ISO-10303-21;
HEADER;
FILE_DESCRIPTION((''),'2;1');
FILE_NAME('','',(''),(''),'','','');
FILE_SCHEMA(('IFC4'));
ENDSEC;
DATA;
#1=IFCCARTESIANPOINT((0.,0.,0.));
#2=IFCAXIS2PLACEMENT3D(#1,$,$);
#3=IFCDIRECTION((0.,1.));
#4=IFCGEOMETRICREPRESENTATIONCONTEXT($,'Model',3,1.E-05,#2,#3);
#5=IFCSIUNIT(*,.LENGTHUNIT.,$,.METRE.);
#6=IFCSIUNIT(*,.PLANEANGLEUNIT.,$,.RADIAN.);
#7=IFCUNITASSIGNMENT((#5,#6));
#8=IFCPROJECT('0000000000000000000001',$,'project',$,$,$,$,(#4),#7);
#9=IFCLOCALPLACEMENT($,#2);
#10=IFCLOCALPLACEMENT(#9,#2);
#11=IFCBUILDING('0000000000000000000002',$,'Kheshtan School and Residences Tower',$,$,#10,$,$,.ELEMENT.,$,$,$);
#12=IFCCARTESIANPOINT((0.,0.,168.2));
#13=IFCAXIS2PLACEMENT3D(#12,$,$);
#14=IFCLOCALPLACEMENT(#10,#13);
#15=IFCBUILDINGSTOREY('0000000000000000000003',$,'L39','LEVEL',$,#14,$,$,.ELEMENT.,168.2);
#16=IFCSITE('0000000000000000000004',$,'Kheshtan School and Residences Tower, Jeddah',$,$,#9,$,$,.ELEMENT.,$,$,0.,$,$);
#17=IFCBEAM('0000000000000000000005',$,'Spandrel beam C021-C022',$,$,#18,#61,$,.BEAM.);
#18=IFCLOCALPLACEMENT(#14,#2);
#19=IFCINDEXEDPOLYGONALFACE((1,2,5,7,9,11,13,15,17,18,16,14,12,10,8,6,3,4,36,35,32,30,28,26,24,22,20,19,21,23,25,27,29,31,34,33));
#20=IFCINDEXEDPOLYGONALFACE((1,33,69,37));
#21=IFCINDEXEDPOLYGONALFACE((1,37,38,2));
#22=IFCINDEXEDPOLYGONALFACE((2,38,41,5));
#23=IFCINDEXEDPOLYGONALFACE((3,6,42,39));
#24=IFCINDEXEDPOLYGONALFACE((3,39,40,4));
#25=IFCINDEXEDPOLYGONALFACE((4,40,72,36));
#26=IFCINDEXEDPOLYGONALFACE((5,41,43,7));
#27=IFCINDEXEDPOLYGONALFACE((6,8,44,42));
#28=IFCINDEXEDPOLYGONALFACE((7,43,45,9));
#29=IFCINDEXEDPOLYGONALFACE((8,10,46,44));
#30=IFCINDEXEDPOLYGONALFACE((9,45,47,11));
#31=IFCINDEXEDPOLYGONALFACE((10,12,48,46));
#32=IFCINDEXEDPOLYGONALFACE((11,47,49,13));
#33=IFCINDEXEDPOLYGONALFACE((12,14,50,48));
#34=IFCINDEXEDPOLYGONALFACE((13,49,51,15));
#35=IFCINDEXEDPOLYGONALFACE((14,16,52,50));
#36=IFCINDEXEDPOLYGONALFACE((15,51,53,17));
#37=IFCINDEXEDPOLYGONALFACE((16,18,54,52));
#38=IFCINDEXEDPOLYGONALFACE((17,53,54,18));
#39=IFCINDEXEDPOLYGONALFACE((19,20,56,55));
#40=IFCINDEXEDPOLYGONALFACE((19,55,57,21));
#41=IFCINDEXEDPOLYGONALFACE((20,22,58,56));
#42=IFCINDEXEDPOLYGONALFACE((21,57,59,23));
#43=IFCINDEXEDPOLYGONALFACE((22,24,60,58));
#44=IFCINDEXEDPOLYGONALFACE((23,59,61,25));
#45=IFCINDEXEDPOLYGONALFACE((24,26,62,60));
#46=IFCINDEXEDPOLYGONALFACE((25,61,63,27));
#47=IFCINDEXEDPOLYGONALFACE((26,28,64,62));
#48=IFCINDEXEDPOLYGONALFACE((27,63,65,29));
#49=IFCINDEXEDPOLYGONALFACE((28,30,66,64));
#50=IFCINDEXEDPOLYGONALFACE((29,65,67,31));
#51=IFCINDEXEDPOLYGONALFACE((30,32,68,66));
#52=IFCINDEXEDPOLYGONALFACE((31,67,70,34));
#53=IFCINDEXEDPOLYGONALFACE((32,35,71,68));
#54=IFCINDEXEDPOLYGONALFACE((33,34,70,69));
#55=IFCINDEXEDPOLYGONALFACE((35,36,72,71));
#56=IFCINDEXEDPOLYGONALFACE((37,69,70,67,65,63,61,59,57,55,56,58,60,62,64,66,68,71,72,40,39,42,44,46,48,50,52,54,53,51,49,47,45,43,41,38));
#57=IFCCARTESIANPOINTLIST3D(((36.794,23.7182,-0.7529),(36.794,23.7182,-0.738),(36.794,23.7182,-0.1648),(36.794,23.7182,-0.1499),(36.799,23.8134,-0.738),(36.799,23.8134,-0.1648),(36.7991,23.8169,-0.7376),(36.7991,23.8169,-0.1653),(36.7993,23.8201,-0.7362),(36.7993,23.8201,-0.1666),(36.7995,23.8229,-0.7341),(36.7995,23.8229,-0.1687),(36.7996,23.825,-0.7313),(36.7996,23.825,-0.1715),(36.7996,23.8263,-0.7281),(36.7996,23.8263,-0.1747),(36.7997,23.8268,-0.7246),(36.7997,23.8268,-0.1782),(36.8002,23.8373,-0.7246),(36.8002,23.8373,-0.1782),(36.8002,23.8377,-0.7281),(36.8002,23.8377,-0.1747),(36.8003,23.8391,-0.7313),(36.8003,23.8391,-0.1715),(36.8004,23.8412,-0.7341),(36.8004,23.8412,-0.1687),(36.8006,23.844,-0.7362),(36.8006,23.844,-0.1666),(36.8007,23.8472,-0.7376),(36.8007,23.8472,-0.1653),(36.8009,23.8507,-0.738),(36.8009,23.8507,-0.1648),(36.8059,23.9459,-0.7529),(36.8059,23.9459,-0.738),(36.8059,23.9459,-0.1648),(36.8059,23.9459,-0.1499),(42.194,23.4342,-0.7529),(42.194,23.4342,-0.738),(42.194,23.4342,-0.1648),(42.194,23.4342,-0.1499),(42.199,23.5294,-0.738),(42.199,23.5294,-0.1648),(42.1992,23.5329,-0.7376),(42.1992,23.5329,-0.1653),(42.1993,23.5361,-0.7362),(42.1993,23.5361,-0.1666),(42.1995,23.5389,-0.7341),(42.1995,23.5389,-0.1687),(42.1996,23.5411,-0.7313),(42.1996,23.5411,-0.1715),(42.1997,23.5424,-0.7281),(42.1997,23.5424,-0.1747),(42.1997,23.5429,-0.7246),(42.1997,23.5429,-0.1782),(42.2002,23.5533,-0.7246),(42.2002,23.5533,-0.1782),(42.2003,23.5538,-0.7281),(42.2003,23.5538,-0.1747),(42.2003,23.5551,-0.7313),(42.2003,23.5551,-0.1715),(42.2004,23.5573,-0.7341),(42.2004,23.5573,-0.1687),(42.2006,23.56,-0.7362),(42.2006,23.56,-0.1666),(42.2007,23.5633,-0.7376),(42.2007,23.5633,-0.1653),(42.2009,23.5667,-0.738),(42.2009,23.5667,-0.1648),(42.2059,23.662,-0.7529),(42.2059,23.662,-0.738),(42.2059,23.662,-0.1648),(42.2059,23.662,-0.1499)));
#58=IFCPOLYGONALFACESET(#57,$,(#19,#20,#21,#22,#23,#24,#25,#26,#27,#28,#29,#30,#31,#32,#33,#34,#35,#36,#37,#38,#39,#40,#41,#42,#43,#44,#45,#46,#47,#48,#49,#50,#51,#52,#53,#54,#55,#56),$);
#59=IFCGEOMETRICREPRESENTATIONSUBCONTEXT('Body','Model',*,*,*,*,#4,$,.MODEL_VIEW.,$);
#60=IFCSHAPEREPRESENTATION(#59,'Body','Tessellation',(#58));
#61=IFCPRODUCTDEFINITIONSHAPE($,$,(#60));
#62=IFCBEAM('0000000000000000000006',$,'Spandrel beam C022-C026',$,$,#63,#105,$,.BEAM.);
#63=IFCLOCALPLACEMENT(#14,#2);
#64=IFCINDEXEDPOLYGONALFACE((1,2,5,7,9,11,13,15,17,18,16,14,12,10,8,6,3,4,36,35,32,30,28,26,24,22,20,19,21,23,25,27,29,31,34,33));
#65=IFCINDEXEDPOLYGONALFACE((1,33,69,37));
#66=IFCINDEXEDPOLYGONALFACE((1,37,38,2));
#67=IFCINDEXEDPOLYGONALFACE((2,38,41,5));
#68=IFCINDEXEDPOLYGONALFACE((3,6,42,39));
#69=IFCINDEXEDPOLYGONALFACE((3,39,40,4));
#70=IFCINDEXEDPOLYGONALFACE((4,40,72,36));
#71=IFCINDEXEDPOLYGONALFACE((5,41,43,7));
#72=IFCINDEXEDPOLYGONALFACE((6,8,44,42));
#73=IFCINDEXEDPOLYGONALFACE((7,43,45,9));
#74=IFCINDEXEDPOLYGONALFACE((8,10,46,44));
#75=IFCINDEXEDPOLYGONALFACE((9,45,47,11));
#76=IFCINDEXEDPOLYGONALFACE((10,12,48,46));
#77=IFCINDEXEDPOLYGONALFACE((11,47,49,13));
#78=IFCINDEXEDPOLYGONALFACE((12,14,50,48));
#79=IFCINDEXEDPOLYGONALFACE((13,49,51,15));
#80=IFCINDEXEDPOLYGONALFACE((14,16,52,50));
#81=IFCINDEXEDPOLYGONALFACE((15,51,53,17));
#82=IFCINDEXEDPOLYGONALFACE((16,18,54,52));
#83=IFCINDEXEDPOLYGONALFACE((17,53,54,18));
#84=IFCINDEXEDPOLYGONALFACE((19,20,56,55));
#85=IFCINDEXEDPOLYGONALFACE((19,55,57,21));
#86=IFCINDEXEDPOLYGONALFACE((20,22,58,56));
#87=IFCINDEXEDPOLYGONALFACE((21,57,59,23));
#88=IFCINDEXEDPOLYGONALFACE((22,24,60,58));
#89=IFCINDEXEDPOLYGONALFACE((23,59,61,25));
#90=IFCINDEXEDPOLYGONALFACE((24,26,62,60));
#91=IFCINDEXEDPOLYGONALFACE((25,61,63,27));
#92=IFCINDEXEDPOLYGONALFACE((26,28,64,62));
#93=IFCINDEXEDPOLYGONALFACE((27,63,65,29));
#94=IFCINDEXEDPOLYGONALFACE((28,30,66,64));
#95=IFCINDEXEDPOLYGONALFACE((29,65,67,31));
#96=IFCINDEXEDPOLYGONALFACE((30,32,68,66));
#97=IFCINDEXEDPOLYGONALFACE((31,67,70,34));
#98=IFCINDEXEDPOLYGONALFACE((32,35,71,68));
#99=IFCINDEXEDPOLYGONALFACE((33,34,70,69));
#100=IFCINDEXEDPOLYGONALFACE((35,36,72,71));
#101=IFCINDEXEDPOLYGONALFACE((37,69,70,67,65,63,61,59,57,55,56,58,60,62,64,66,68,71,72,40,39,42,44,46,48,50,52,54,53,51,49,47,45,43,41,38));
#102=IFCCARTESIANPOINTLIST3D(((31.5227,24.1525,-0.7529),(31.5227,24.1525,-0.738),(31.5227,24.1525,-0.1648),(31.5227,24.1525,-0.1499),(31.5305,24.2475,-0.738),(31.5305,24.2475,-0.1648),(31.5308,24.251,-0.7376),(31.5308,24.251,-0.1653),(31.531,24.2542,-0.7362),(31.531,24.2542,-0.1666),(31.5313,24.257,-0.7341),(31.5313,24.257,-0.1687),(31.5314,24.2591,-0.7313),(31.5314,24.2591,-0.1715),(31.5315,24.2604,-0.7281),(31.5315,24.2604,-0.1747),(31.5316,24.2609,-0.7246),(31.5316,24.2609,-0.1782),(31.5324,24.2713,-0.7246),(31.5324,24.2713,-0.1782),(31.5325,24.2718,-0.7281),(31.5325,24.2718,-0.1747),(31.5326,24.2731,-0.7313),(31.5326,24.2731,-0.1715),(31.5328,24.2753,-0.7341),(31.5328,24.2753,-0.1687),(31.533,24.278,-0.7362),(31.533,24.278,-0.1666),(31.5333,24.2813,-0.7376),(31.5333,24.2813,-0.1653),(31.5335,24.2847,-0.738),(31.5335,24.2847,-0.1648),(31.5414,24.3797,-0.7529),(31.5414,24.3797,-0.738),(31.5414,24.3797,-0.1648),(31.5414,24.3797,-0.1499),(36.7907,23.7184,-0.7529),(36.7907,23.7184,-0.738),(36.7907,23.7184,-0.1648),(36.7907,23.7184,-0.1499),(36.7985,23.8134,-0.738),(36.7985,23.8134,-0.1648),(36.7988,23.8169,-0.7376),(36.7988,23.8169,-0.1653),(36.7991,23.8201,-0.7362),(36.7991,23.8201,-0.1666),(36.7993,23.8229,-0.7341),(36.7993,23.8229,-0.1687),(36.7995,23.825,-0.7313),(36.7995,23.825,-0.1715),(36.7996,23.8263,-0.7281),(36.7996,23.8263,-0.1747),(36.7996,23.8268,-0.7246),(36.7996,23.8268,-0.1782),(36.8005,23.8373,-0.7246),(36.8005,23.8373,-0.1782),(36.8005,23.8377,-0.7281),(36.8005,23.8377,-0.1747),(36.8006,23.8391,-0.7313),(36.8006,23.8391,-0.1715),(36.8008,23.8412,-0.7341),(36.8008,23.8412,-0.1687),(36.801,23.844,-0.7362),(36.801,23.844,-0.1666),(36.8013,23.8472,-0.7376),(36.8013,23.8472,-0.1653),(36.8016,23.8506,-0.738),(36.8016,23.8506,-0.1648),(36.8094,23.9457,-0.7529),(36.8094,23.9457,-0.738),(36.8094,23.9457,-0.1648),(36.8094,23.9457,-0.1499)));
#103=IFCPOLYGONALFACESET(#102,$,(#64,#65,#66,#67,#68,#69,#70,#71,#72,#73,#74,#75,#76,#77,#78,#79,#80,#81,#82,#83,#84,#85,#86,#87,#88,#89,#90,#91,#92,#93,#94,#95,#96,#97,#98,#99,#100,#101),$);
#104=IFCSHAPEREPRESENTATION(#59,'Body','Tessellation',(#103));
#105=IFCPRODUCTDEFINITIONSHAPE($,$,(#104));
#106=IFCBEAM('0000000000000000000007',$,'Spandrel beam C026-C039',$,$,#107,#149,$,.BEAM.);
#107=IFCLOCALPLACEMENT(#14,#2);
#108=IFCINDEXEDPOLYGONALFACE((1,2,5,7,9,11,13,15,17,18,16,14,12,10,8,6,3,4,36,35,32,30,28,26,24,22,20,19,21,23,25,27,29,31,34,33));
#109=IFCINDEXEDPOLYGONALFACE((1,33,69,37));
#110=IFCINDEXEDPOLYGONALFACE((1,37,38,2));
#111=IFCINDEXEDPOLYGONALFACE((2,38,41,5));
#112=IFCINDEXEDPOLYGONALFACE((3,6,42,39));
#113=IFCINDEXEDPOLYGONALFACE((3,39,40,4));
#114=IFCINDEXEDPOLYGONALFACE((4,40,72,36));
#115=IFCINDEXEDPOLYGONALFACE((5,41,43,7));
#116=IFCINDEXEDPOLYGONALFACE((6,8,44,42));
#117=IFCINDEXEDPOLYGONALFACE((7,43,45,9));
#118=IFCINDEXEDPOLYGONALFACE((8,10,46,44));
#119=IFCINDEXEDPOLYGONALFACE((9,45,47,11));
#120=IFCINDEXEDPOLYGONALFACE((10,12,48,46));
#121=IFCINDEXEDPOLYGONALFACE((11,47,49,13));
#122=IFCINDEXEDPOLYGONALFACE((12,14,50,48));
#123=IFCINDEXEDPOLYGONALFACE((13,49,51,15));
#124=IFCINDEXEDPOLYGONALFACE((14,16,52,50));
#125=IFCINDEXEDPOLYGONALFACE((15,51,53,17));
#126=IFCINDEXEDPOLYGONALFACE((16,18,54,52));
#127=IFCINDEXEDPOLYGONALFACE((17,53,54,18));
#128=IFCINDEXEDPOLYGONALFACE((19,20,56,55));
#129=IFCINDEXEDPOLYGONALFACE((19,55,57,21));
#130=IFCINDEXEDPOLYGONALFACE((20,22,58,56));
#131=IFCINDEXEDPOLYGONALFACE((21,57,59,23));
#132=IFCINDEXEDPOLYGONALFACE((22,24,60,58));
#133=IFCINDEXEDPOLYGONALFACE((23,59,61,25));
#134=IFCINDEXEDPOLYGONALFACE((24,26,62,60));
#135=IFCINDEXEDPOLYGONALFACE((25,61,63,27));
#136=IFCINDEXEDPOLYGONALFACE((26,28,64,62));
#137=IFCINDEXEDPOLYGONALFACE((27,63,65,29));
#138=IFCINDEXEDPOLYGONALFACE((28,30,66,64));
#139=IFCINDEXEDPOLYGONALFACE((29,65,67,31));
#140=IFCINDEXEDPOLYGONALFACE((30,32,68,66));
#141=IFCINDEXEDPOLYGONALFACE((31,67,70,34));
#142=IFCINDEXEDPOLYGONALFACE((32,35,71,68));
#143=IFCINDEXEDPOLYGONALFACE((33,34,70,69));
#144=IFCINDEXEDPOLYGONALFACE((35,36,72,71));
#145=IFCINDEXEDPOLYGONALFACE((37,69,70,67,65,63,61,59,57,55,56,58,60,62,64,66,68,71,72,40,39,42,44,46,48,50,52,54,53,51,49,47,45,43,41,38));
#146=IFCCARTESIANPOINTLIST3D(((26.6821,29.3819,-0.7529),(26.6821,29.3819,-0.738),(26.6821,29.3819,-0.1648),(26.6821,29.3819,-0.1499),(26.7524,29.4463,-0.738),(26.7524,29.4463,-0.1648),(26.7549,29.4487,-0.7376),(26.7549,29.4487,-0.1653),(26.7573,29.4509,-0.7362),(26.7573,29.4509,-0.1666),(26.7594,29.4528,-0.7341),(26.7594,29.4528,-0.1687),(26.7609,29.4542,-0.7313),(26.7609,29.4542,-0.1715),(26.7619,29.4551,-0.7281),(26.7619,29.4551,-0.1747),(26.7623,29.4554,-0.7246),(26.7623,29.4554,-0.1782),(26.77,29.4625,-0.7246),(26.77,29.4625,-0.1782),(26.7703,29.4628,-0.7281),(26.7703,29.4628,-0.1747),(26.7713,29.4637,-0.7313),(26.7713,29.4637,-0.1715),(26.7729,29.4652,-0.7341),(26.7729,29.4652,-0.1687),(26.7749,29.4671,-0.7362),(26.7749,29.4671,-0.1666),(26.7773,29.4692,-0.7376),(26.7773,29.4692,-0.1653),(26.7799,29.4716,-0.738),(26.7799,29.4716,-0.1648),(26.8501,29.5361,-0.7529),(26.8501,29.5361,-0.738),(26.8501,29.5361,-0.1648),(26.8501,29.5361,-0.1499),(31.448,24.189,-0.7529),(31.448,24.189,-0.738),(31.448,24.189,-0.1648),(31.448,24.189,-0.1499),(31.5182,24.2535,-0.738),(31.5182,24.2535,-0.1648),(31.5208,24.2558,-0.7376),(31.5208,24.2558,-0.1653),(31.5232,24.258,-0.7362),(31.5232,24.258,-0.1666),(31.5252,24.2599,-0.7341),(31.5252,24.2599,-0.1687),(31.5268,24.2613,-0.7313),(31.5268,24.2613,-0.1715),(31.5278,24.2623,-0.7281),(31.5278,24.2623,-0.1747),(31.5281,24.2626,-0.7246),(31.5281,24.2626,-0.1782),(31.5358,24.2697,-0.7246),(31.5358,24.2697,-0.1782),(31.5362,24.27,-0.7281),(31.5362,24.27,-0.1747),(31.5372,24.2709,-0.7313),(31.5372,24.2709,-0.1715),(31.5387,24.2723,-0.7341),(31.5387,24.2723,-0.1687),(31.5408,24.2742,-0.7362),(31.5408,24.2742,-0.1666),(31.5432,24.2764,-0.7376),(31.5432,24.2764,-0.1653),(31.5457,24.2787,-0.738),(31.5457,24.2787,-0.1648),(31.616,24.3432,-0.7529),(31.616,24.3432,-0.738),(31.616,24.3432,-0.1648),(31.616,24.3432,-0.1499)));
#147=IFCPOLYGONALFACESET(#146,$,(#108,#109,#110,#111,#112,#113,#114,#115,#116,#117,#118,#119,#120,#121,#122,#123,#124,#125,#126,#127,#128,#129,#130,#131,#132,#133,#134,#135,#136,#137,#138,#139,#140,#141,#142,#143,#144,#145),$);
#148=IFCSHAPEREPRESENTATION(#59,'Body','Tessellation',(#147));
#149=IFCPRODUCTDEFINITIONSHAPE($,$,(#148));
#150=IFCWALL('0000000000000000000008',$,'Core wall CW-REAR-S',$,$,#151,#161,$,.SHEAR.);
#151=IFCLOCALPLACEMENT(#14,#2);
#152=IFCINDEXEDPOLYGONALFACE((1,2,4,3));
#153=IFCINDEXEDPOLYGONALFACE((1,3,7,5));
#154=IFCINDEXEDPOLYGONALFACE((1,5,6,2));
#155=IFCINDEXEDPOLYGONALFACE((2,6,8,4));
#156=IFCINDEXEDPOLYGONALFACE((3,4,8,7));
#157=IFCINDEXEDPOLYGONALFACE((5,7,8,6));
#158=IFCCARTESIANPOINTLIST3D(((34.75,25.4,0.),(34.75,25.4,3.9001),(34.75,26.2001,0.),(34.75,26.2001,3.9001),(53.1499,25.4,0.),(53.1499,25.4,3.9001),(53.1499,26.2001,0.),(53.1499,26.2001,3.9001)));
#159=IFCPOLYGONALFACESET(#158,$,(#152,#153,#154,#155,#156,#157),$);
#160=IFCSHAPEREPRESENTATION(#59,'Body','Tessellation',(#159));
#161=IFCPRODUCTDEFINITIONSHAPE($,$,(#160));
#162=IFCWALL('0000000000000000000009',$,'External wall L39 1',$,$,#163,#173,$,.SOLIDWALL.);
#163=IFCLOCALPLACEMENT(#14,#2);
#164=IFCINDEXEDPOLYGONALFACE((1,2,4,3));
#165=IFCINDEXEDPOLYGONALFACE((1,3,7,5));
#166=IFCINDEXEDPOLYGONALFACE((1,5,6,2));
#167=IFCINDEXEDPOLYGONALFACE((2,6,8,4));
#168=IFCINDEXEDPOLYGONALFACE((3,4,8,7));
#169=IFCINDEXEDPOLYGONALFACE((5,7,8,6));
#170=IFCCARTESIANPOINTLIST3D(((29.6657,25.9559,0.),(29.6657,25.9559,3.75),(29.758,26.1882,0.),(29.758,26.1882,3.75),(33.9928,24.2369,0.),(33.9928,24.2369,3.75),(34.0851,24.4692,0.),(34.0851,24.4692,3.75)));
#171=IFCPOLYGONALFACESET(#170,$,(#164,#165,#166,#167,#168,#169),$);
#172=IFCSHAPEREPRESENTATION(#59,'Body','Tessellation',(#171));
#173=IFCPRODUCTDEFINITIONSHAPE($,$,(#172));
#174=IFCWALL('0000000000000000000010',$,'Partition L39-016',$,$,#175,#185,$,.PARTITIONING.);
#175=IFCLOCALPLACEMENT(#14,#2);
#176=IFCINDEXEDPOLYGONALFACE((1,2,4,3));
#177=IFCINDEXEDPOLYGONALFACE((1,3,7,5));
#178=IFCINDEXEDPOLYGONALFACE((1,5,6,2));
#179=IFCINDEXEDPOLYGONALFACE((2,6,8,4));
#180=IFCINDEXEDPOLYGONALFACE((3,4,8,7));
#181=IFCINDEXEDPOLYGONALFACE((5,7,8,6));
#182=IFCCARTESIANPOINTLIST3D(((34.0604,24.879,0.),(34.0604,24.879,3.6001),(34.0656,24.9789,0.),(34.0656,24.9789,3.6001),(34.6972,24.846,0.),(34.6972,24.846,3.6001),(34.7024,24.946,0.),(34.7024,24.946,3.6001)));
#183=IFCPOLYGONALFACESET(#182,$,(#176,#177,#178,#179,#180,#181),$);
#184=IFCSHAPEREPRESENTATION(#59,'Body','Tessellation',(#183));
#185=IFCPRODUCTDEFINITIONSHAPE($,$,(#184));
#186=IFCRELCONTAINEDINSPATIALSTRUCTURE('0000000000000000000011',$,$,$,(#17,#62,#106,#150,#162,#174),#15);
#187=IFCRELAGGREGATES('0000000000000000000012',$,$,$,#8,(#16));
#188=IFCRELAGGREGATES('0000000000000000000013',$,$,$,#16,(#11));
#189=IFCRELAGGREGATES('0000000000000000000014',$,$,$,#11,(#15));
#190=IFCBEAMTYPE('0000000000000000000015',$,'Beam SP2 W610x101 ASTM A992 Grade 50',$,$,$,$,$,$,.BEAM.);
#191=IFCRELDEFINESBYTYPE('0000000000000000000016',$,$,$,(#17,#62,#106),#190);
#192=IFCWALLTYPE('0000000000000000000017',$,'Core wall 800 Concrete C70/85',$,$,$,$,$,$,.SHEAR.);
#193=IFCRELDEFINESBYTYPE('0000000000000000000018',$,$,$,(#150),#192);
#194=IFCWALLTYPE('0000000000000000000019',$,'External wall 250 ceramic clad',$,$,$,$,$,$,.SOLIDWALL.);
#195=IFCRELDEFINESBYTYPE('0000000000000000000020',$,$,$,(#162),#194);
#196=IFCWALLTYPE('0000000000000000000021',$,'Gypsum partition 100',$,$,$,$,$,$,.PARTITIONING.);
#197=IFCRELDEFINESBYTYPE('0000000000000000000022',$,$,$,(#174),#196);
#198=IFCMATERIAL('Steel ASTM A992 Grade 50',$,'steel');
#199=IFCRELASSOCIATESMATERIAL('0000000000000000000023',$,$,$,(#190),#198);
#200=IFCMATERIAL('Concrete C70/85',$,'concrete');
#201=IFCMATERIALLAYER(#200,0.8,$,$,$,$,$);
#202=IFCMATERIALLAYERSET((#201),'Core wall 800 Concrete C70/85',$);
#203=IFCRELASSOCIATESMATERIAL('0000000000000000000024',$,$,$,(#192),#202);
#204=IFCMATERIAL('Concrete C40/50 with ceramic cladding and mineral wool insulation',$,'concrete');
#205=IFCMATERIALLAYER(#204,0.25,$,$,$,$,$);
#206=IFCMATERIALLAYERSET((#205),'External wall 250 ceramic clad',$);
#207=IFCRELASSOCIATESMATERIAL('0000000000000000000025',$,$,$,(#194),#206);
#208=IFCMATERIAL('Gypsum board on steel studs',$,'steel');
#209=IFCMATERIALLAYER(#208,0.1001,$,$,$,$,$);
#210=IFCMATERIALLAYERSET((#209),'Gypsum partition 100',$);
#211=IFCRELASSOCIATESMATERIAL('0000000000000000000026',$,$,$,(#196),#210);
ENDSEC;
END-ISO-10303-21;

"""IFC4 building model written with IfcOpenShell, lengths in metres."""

from ifc_helpers import new_model, si_unit, direction, frame, frame_2d, origin, origin_2d, place, context, subcontext, project, spatial, rectangle, i_section, extrude, material, layer, layer_set, material_profile, profile_set, type_object, element, save


model = new_model("IFC4")

# Units and contexts
model_context = context("Model", 3, precision=1e-05, world=origin(), true_north=direction((0.0, 1.0)))
body_context = subcontext(model_context, "Body", "Model", "MODEL_VIEW")
ifc_project = project(units=[si_unit("LENGTHUNIT", "METRE"), si_unit("PLANEANGLEUNIT", "RADIAN")], contexts=[model_context])

# Site, building, storey
site_placement = place(None, origin())
site = spatial("IfcSite", under=ifc_project, at=site_placement, Name="Kheshtan School and Residences Tower, Jeddah", CompositionType="ELEMENT", RefElevation=0.0)
building_placement = place(site_placement, origin())
building = spatial("IfcBuilding", under=site, at=building_placement, Name="Kheshtan School and Residences Tower", CompositionType="ELEMENT")
storey_placement = place(building_placement, frame((0.0, 0.0, 168.2)))
storey = spatial("IfcBuildingStorey", under=building, at=storey_placement, Name="L39", Description="LEVEL", CompositionType="ELEMENT", Elevation=168.2)

# Shared definitions
ifc_material_1 = material(Name="Steel ASTM A992 Grade 50", Category="steel")

# Beams
ifc_material_profile_1 = material_profile(ifc_material_1, i_section(OverallWidth=0.228, OverallDepth=0.603, WebThickness=0.0105, FlangeThickness=0.0149, FilletRadius=0.0134, at=origin_2d()), Name="W610x101")
ifc_profile_set_1 = profile_set([ifc_material_profile_1], Name="Steel ASTM A992 Grade 50")
beam_type_1 = type_object("IfcBeamType", Name="Beam SP2 W610x101 ASTM A992 Grade 50", PredefinedType="BEAM", material=ifc_profile_set_1)
beam_1_placement = place(storey_placement, frame((42.2, 23.5481, -0.4514), z_axis=(-0.99862, 0.052509, 0.0), x_axis=(-0.052509, -0.99862, 0.0)))
element("IfcBeam", 1, at=beam_1_placement, inside=storey, type_object=beam_type_1, Name="Spandrel beam C021-C022", PredefinedType="BEAM", context=body_context, shape_type="SweptSolid", body=[
    extrude(i_section(OverallWidth=0.228, OverallDepth=0.603, WebThickness=0.0105, FlangeThickness=0.0149, FilletRadius=0.0134, at=origin_2d()), origin(), (0.0, 0.0, 1.0), 5.4075),
])
beam_2_placement = place(storey_placement, frame((36.8, 23.832, -0.4514), z_axis=(-0.996622, 0.08212, 0.0), x_axis=(-0.08212, -0.996622, 0.0)))
element("IfcBeam", 2, at=beam_2_placement, inside=storey, type_object=beam_type_1, Name="Spandrel beam C022-C026", PredefinedType="BEAM", context=body_context, shape_type="SweptSolid", body=[
    extrude(i_section(OverallWidth=0.228, OverallDepth=0.603, WebThickness=0.0105, FlangeThickness=0.0149, FilletRadius=0.0134, at=origin_2d()), origin(), (0.0, 0.0, 1.0), 5.2859),
])
beam_3_placement = place(storey_placement, frame((31.532, 24.2661, -0.4514), z_axis=(-0.676167, 0.736749, 0.0), x_axis=(-0.736749, -0.676167, 0.0)))
element("IfcBeam", 3, at=beam_3_placement, inside=storey, type_object=beam_type_1, Name="Spandrel beam C026-C039", PredefinedType="BEAM", context=body_context, shape_type="SweptSolid", body=[
    extrude(i_section(OverallWidth=0.228, OverallDepth=0.603, WebThickness=0.0105, FlangeThickness=0.0149, FilletRadius=0.0134, at=origin_2d()), origin(), (0.0, 0.0, 1.0), 7.0483),
])

# Walls
ifc_material_2 = material(Name="Concrete C70/85", Category="concrete")
ifc_layer_1 = layer(ifc_material_2, 0.8)
ifc_layer_set_1 = layer_set([ifc_layer_1], Name="Core wall 800 Concrete C70/85")
wall_type_1 = type_object("IfcWallType", Name="Core wall 800 Concrete C70/85", PredefinedType="SHEAR", material=ifc_layer_set_1)
wall_1_placement = place(storey_placement, frame((34.75, 25.8, 0.0), z_axis=(0.0, 0.0, 1.0), x_axis=(1.0, 0.0, 0.0)))
element("IfcWall", 4, at=wall_1_placement, inside=storey, type_object=wall_type_1, Name="Core wall CW-REAR-S", PredefinedType="SHEAR", context=body_context, shape_type="SweptSolid", body=[
    extrude(rectangle(XDim=18.3999, YDim=0.8, at=frame_2d((9.2, 0.0))), origin(), (0.0, 0.0, 1.0), 3.9001),
])
ifc_material_3 = material(Name="Concrete C40/50 with ceramic cladding and mineral wool insulation", Category="concrete")
ifc_layer_2 = layer(ifc_material_3, 0.25)
ifc_layer_set_2 = layer_set([ifc_layer_2], Name="External wall 250 ceramic clad")
wall_type_2 = type_object("IfcWallType", Name="External wall 250 ceramic clad", PredefinedType="SOLIDWALL", material=ifc_layer_set_2)
wall_2_placement = place(storey_placement, frame((34.0391, 24.353, 0.0), z_axis=(0.0, 0.0, 1.0), x_axis=(-0.929353, 0.369193, 0.0)))
element("IfcWall", 5, at=wall_2_placement, inside=storey, type_object=wall_type_2, Name="External wall L39 1", PredefinedType="SOLIDWALL", context=body_context, shape_type="SweptSolid", body=[
    extrude(rectangle(XDim=4.656, YDim=0.25, at=frame_2d((2.3281, 0.0))), origin(), (0.0, 0.0, 1.0), 3.75),
])
ifc_material_4 = material(Name="Gypsum board on steel studs", Category="steel")
ifc_layer_3 = layer(ifc_material_4, 0.1001)
ifc_layer_set_3 = layer_set([ifc_layer_3], Name="Gypsum partition 100")
wall_type_3 = type_object("IfcWallType", Name="Gypsum partition 100", PredefinedType="PARTITIONING", material=ifc_layer_set_3)
wall_3_placement = place(storey_placement, frame((34.063, 24.929, 0.0), z_axis=(0.0, 0.0, 1.0), x_axis=(0.998664, -0.051675, 0.0)))
element("IfcWall", 6, at=wall_3_placement, inside=storey, type_object=wall_type_3, Name="Partition L39-016", PredefinedType="PARTITIONING", context=body_context, shape_type="SweptSolid", body=[
    extrude(rectangle(XDim=0.6377, YDim=0.1001, at=frame_2d((0.3188, 0.0))), origin(), (0.0, 0.0, 1.0), 3.6001),
])

save(model, "model.ifc")
